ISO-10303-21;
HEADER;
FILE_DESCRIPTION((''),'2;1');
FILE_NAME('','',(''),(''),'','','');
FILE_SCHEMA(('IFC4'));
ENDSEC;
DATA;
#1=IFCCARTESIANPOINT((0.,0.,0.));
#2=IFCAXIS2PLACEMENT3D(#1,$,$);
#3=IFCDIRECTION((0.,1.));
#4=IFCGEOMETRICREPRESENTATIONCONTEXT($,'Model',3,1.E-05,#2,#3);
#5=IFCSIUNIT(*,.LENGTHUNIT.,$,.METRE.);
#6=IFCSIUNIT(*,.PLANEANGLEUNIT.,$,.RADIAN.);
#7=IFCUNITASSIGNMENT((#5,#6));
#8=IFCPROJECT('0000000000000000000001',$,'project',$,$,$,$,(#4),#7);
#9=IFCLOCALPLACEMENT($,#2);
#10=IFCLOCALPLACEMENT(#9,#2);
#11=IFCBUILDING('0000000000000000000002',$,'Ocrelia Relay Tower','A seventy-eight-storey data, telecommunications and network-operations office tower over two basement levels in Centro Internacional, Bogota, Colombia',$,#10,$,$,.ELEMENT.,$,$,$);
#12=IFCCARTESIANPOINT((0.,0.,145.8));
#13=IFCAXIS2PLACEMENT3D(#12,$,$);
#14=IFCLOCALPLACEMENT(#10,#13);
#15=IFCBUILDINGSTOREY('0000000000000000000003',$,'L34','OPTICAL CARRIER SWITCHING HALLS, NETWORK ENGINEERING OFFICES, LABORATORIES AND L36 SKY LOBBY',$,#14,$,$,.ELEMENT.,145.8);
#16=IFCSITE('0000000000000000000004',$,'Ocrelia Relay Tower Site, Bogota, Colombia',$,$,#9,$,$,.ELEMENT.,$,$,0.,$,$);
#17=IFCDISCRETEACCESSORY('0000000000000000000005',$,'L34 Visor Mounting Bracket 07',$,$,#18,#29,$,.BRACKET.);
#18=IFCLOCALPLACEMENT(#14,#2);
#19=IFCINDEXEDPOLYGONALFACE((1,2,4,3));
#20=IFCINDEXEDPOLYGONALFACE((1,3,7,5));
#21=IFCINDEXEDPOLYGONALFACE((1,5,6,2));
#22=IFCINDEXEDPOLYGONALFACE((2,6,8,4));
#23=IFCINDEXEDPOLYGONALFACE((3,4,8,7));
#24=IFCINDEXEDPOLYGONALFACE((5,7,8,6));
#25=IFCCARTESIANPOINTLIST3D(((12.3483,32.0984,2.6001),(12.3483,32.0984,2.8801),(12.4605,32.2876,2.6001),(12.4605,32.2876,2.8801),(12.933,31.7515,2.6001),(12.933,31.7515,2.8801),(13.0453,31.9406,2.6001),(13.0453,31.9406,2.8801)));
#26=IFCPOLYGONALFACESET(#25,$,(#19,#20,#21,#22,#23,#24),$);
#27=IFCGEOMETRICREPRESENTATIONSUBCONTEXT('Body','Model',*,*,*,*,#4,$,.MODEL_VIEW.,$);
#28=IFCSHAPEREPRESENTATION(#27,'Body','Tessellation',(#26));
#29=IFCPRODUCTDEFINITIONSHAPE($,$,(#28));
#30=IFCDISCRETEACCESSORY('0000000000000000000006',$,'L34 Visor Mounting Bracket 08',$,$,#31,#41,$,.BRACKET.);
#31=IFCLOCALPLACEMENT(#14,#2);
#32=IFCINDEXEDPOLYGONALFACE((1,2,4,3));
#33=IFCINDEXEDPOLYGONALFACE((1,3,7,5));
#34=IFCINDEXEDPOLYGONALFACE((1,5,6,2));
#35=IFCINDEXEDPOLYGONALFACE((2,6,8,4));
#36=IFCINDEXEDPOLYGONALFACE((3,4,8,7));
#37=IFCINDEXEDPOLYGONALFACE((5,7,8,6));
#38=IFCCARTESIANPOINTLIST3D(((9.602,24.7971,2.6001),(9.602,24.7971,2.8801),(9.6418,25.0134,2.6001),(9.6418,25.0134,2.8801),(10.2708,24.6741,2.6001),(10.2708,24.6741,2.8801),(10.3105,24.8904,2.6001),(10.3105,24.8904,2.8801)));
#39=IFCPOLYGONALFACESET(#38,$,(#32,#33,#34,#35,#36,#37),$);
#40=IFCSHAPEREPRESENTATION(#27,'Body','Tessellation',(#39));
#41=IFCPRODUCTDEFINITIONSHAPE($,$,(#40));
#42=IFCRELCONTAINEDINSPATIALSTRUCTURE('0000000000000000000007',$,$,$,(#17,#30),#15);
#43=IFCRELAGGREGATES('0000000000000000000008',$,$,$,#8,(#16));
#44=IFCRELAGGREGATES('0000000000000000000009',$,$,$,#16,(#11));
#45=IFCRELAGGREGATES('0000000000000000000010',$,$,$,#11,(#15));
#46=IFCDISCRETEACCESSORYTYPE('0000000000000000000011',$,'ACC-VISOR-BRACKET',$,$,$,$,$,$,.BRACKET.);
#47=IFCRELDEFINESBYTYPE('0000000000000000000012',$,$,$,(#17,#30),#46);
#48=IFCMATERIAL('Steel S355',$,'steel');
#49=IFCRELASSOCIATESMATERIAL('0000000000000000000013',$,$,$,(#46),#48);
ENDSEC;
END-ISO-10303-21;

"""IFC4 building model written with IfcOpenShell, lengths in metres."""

from ifc_helpers import new_model, si_unit, direction, frame, origin, origin_2d, place, context, subcontext, project, spatial, rectangle, extrude, material, type_object, element, save


model = new_model("IFC4")

# Units and contexts
model_context = context("Model", 3, precision=1e-05, world=origin(), true_north=direction((0.0, 1.0)))
body_context = subcontext(model_context, "Body", "Model", "MODEL_VIEW")
ifc_project = project(units=[si_unit("LENGTHUNIT", "METRE"), si_unit("PLANEANGLEUNIT", "RADIAN")], contexts=[model_context])

# Site, building, storey
site_placement = place(None, origin())
site = spatial("IfcSite", under=ifc_project, at=site_placement, Name="Ocrelia Relay Tower Site, Bogota, Colombia", CompositionType="ELEMENT", RefElevation=0.0)
building_placement = place(site_placement, origin())
building = spatial("IfcBuilding", under=site, at=building_placement, Name="Ocrelia Relay Tower", Description="A seventy-eight-storey data, telecommunications and network-operations office tower over two basement levels in Centro Internacional, Bogota, Colombia", CompositionType="ELEMENT")
storey_placement = place(building_placement, frame((0.0, 0.0, 145.8)))
storey = spatial("IfcBuildingStorey", under=building, at=storey_placement, Name="L34", Description="OPTICAL CARRIER SWITCHING HALLS, NETWORK ENGINEERING OFFICES, LABORATORIES AND L36 SKY LOBBY", CompositionType="ELEMENT", Elevation=145.8)

# Shared definitions
ifc_material_1 = material(Name="Steel S355", Category="steel")

# Discrete accessories
discrete_accessory_type = type_object("IfcDiscreteAccessoryType", Name="ACC-VISOR-BRACKET", PredefinedType="BRACKET", material=ifc_material_1)
for number, where, z_axis, x_axis, name in (
    (1, (12.6968, 32.0195, 2.6001), (0.0, 0.0, 1.0), (-0.510271, -0.860013, 0.0), "L34 Visor Mounting Bracket 07"),
    (2, (9.9563, 24.8438, 2.6001), (0.0, 0.0, 1.0), (-0.180855, -0.98351, 0.0), "L34 Visor Mounting Bracket 08"),
):
    element("IfcDiscreteAccessory", number, at=place(storey_placement, frame(where, z_axis=z_axis, x_axis=x_axis)), inside=storey, type_object=discrete_accessory_type, Name=name, PredefinedType="BRACKET", context=body_context, shape_type="SweptSolid", body=[
        extrude(rectangle(XDim=0.22, YDim=0.6799, at=origin_2d()), origin(), (0.0, 0.0, 1.0), 0.28),
    ])

save(model, "model.ifc")
